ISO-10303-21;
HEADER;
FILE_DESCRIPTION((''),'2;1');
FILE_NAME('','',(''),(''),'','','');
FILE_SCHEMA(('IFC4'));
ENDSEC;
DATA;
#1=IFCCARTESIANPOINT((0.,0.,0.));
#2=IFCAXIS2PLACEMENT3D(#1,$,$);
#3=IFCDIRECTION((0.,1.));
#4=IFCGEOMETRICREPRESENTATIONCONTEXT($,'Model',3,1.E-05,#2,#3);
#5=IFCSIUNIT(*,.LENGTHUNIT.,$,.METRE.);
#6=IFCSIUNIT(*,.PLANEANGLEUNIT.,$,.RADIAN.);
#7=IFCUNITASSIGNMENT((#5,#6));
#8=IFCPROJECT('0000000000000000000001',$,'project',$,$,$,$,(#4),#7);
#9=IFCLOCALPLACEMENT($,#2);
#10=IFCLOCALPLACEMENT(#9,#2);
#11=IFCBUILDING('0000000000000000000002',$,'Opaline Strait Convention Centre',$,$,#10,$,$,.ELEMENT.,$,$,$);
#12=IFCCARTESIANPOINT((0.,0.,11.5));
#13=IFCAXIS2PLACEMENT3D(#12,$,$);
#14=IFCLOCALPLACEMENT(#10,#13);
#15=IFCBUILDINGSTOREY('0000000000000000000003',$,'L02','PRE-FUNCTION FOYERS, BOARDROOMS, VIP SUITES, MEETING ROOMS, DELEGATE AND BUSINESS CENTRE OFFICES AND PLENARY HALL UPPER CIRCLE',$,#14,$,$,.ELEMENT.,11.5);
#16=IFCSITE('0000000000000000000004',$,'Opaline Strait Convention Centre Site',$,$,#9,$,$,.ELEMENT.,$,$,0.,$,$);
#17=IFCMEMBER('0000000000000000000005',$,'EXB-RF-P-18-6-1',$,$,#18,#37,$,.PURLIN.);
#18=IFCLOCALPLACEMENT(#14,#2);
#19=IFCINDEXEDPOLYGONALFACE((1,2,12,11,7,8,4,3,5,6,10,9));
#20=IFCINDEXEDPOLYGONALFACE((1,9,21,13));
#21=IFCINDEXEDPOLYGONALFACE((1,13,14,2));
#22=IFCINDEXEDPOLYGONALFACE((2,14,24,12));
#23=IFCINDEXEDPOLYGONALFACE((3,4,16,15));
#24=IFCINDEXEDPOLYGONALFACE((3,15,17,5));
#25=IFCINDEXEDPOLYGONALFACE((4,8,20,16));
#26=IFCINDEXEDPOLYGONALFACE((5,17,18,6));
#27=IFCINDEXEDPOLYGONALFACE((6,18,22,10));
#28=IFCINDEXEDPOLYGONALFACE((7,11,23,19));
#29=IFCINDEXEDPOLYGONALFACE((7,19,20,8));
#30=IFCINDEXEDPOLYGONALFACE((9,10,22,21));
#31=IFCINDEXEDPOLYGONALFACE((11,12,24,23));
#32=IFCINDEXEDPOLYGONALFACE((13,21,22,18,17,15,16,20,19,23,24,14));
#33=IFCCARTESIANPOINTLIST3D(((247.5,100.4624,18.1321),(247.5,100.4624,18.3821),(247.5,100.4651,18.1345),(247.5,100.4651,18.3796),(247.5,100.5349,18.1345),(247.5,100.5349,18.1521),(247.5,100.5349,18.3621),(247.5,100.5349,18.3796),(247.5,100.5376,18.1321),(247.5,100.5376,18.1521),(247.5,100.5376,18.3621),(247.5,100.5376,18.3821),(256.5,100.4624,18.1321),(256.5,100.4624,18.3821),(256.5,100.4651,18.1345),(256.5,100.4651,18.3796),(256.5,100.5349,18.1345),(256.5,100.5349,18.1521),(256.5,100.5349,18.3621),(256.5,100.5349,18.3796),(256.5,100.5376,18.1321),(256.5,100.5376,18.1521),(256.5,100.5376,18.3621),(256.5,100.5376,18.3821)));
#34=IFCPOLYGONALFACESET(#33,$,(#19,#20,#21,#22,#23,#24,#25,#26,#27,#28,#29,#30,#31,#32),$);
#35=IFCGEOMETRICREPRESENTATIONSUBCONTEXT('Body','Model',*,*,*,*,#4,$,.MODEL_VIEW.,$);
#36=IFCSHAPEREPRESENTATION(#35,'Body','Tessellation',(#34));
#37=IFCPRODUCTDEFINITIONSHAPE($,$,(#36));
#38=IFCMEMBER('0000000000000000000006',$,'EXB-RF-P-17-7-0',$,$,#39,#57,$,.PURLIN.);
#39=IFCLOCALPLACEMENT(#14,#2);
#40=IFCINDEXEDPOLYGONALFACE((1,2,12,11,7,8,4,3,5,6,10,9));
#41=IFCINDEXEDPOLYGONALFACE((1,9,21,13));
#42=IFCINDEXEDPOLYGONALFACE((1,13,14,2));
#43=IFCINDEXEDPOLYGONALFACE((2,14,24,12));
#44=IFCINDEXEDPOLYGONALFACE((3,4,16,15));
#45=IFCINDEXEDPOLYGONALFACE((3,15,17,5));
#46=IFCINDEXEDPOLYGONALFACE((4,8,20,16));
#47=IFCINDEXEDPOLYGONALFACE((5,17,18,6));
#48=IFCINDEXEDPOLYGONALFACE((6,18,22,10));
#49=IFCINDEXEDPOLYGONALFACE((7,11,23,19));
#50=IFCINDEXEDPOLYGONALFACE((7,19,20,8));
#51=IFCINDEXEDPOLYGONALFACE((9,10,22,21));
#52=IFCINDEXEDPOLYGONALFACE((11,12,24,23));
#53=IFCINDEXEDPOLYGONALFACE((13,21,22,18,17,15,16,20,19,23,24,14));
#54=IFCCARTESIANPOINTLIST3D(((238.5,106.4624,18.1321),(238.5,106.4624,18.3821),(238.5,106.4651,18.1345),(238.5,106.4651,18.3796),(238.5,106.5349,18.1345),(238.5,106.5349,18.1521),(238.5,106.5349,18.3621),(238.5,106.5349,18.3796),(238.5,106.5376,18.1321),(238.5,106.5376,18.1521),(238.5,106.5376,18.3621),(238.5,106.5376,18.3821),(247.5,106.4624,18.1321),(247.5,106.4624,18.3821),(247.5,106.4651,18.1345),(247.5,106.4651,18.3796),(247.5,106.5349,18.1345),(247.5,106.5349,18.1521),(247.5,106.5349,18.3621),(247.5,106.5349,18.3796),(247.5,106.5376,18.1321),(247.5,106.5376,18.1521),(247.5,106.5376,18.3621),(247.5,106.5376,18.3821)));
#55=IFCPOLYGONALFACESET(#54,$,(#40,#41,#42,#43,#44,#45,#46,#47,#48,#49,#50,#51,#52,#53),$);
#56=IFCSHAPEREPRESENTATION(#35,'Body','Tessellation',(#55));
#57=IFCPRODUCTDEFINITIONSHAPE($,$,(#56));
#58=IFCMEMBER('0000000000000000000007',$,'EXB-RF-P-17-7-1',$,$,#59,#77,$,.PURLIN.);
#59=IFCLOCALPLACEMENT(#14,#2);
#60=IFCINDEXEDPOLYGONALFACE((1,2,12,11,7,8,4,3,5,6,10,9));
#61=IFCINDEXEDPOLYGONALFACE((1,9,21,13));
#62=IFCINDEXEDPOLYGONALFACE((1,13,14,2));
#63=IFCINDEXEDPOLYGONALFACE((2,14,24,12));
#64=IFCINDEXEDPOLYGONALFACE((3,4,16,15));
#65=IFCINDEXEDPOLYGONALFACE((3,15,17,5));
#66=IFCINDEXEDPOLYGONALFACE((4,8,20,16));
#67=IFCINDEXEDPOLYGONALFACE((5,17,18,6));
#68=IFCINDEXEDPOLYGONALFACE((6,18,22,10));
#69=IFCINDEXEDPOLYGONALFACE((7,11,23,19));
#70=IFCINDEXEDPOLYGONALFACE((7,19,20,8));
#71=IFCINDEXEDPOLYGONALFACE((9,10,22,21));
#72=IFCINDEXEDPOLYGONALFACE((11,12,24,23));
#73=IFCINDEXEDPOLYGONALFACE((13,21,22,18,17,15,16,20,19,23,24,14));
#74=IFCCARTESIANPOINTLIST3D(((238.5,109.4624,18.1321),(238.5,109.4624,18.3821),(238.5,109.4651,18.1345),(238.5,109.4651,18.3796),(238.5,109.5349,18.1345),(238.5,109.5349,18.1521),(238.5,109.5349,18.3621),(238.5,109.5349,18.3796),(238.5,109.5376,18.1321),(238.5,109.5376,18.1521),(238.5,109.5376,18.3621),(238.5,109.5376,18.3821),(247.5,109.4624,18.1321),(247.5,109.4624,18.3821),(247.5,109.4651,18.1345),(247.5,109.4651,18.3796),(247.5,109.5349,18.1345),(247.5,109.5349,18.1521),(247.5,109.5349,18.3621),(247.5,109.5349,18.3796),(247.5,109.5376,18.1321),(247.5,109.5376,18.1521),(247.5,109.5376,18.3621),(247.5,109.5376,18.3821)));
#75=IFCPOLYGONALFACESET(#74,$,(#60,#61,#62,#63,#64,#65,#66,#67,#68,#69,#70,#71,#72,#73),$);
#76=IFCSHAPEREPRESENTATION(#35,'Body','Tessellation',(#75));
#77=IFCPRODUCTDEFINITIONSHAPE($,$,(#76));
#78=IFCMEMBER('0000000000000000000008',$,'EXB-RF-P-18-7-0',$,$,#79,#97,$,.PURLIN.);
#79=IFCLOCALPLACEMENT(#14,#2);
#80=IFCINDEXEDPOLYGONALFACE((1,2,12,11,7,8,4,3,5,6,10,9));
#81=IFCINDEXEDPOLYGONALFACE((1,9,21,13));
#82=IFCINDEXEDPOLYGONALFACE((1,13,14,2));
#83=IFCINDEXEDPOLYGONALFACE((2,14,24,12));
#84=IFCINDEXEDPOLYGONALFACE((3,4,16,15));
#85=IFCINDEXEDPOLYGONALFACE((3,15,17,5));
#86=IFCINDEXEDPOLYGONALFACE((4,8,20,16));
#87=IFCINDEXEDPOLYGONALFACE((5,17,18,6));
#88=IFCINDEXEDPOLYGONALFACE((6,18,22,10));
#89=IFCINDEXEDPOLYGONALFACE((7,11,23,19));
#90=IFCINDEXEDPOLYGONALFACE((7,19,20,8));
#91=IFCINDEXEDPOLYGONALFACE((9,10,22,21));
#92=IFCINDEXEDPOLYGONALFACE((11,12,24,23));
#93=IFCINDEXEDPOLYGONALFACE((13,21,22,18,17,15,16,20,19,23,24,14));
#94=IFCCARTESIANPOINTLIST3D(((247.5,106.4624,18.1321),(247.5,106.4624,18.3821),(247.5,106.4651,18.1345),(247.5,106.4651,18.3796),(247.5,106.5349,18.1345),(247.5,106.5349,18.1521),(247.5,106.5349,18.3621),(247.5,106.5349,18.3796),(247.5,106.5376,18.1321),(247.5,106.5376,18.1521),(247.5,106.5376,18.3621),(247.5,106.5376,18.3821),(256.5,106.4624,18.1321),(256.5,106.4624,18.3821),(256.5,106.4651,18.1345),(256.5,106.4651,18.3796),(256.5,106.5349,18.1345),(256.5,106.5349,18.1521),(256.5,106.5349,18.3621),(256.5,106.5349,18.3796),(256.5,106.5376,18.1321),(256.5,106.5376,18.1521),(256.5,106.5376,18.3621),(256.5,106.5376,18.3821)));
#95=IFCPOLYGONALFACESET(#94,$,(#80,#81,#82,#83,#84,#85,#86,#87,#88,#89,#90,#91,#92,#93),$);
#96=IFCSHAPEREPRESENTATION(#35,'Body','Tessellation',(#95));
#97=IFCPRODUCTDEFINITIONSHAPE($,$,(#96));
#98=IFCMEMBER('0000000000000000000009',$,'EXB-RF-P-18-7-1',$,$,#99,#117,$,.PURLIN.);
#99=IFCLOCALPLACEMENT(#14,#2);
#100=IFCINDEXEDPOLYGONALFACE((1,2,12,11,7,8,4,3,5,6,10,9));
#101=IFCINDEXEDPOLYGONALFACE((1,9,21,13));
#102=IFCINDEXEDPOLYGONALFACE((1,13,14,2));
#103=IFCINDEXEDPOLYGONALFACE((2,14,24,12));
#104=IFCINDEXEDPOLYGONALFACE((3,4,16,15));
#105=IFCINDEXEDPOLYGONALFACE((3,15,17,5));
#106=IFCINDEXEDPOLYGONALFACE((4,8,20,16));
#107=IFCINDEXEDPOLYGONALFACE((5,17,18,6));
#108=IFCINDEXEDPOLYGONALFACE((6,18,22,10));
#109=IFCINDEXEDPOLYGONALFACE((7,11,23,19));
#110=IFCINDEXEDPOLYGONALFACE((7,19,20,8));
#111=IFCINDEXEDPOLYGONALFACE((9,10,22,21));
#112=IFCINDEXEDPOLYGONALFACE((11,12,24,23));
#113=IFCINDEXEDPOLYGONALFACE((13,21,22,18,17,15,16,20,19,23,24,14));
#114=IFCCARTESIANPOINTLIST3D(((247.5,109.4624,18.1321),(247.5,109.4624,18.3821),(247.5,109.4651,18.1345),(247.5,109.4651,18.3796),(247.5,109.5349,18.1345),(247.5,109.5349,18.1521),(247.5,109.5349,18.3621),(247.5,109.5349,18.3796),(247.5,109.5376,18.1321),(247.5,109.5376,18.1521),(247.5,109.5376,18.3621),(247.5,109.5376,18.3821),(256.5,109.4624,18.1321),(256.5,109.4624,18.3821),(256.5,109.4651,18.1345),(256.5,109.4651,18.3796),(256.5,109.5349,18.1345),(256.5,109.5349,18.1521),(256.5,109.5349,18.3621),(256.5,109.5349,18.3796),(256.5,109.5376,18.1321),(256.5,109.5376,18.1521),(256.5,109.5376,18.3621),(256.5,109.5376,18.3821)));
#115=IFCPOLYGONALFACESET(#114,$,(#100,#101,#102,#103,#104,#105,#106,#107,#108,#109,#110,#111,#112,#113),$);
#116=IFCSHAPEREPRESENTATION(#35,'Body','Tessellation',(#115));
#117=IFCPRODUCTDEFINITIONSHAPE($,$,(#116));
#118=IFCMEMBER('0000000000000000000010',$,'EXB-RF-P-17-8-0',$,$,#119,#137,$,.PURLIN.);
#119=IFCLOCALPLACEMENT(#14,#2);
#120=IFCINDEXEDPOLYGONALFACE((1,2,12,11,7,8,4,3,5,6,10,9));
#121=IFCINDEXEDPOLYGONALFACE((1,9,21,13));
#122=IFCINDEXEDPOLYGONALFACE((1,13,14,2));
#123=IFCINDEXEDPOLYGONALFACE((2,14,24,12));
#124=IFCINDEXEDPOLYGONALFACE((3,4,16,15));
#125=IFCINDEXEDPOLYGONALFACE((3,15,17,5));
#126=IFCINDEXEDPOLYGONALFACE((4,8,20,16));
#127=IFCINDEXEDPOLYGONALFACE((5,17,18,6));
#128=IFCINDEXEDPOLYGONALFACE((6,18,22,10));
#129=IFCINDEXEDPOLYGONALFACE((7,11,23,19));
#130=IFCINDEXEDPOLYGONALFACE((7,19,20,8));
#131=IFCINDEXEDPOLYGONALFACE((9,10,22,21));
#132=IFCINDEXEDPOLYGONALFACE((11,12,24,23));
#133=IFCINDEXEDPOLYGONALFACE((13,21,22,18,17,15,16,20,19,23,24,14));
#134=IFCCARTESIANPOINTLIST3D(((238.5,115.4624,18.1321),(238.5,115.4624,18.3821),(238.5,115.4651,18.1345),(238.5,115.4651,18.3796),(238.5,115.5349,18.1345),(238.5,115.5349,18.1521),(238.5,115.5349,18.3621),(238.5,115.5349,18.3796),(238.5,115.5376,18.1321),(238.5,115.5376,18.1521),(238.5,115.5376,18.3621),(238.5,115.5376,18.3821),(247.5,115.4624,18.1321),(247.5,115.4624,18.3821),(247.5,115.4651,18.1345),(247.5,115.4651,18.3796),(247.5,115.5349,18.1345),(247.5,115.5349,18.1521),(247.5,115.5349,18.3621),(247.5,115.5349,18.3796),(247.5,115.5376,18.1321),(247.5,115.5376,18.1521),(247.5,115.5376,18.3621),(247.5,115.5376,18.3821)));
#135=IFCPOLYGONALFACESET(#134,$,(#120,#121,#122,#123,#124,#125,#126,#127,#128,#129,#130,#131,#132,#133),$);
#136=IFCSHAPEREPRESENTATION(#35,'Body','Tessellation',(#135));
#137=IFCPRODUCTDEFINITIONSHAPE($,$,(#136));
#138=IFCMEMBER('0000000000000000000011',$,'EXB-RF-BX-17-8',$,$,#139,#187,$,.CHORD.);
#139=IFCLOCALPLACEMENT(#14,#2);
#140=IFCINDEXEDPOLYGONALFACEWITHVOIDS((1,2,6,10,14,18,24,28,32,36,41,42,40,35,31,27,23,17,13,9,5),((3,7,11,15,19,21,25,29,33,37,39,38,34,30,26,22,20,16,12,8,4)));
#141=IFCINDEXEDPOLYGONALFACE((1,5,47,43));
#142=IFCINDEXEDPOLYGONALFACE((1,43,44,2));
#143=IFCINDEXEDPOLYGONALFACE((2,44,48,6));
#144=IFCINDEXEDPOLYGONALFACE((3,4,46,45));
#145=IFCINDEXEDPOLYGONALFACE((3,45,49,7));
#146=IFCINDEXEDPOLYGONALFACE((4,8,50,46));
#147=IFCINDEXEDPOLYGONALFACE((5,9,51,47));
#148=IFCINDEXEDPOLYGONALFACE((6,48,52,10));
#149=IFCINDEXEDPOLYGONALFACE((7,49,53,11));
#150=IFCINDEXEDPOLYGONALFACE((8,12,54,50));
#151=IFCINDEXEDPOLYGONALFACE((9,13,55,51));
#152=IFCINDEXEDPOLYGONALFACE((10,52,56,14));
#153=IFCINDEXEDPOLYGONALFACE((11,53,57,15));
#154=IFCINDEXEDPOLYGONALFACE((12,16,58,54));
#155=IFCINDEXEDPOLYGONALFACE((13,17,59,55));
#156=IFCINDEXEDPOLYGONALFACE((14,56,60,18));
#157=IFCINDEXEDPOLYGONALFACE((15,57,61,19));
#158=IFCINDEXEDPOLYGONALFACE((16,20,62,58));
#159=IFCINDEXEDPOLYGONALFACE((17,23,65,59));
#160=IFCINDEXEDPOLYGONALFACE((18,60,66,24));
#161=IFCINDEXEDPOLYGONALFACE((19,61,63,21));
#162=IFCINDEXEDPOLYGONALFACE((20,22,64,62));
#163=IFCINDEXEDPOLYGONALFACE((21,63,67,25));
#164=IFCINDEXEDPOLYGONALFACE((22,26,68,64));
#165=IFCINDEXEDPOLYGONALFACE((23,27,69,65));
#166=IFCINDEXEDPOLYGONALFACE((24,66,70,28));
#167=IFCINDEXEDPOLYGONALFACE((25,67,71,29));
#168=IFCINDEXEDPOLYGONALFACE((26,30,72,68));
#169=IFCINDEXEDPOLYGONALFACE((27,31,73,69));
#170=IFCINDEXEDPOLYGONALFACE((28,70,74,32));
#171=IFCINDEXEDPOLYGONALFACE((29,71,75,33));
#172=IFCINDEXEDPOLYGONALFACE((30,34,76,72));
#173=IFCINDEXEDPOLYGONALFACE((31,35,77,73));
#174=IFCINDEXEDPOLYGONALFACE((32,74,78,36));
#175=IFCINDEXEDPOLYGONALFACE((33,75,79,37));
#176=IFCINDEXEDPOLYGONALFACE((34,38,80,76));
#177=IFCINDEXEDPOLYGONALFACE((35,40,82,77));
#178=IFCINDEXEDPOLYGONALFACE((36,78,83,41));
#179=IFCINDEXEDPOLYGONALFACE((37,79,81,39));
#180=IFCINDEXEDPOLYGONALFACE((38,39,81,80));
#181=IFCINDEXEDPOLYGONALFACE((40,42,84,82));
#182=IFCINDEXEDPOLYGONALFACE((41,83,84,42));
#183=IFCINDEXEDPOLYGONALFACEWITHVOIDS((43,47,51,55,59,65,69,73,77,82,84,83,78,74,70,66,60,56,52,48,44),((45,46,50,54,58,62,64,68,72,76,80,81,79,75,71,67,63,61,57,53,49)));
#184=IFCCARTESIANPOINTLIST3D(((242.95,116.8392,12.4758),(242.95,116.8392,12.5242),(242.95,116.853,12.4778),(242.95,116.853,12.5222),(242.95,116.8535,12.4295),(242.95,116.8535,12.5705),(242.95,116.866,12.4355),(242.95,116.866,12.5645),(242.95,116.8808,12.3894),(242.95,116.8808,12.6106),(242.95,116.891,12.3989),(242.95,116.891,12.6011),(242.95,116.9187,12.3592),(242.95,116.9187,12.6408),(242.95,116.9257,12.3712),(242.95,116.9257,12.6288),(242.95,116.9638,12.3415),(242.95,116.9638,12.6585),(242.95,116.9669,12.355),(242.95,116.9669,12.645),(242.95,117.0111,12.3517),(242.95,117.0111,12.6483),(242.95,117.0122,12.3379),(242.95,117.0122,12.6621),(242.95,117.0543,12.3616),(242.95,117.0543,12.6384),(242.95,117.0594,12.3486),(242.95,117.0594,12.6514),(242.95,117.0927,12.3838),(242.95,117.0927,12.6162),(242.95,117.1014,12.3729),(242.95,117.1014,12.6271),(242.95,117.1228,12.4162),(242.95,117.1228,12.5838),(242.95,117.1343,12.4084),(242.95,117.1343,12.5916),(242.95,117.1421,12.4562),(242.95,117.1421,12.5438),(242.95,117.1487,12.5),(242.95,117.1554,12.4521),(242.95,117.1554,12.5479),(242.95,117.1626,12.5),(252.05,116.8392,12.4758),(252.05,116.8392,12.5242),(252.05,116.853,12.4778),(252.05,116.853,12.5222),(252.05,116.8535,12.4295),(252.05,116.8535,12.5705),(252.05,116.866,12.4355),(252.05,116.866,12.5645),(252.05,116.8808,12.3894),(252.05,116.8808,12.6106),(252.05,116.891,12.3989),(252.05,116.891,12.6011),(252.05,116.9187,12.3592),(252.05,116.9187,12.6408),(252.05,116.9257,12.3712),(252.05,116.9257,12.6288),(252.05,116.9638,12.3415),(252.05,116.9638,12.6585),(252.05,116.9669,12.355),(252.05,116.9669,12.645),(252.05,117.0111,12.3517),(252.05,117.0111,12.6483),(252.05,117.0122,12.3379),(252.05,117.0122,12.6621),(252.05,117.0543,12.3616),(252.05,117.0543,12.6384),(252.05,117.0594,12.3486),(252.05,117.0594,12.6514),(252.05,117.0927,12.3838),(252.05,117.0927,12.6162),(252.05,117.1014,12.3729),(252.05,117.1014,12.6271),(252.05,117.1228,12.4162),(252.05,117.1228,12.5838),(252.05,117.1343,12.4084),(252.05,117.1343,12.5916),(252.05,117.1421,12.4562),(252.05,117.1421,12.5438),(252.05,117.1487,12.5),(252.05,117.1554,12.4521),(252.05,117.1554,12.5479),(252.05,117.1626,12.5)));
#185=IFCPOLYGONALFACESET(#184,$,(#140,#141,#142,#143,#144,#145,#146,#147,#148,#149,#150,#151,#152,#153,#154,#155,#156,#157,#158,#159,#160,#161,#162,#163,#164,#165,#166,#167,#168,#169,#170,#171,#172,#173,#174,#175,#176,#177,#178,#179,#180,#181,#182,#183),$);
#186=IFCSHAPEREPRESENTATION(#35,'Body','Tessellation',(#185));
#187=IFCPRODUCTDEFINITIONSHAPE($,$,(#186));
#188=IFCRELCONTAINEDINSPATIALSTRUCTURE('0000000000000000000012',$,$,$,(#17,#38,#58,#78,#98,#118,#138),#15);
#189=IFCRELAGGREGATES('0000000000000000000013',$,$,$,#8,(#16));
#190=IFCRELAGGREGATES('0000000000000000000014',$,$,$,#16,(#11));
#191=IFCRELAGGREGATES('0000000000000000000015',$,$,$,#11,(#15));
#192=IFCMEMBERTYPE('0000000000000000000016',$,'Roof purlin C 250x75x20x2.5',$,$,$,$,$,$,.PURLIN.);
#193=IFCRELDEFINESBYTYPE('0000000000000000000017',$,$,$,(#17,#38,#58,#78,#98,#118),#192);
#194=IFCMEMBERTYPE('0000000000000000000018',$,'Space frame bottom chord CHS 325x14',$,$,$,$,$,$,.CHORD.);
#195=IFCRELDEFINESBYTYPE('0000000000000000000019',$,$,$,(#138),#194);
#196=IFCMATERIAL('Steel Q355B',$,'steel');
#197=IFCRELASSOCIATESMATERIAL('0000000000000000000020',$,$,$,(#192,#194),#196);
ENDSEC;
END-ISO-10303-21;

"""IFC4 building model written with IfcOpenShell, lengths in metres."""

from ifc_helpers import new_model, si_unit, direction, frame, origin, origin_2d, place, context, subcontext, project, spatial, polyline, hollow_circle, outline, extrude, material, material_profile, profile_set, type_object, element, save


model = new_model("IFC4")

# Units and contexts
model_context = context("Model", 3, precision=1e-05, world=origin(), true_north=direction((0.0, 1.0)))
body_context = subcontext(model_context, "Body", "Model", "MODEL_VIEW")
ifc_project = project(units=[si_unit("LENGTHUNIT", "METRE"), si_unit("PLANEANGLEUNIT", "RADIAN")], contexts=[model_context])

# Site, building, storey
site_placement = place(None, origin())
site = spatial("IfcSite", under=ifc_project, at=site_placement, Name="Opaline Strait Convention Centre Site", CompositionType="ELEMENT", RefElevation=0.0)
building_placement = place(site_placement, origin())
building = spatial("IfcBuilding", under=site, at=building_placement, Name="Opaline Strait Convention Centre", CompositionType="ELEMENT")
storey_placement = place(building_placement, frame((0.0, 0.0, 11.5)))
storey = spatial("IfcBuildingStorey", under=building, at=storey_placement, Name="L02", Description="PRE-FUNCTION FOYERS, BOARDROOMS, VIP SUITES, MEETING ROOMS, DELEGATE AND BUSINESS CENTRE OFFICES AND PLENARY HALL UPPER CIRCLE", CompositionType="ELEMENT", Elevation=11.5)

# Members
ifc_material = material(Name="Steel Q355B", Category="steel")
ifc_material_profile_1 = material_profile(ifc_material, outline(polyline([(-0.0376, -0.125), (0.0376, -0.125), (0.0376, -0.105), (0.0349, -0.105), (0.0349, -0.1226), (-0.0349, -0.1226), (-0.0349, 0.1226), (0.0349, 0.1226), (0.0349, 0.105), (0.0376, 0.105), (0.0376, 0.125), (-0.0376, 0.125), (-0.0376, -0.125)])), Name="C 250x75x20x2.5")
ifc_profile_set_1 = profile_set([ifc_material_profile_1], Name="Steel Q355B")
member_type_1 = type_object("IfcMemberType", Name="Roof purlin C 250x75x20x2.5", PredefinedType="PURLIN", material=ifc_profile_set_1)
for number, where, z_axis, x_axis, name in (
    (1, (247.5, 100.5, 18.2571), (1.0, 0.0, 0.0), (0.0, 1.0, 0.0), "EXB-RF-P-18-6-1"),
    (2, (238.5, 106.5, 18.2571), (1.0, 0.0, 0.0), (0.0, 1.0, 0.0), "EXB-RF-P-17-7-0"),
    (3, (238.5, 109.5, 18.2571), (1.0, 0.0, 0.0), (0.0, 1.0, 0.0), "EXB-RF-P-17-7-1"),
    (4, (247.5, 106.5, 18.2571), (1.0, 0.0, 0.0), (0.0, 1.0, 0.0), "EXB-RF-P-18-7-0"),
    (5, (247.5, 109.5, 18.2571), (1.0, 0.0, 0.0), (0.0, 1.0, 0.0), "EXB-RF-P-18-7-1"),
    (6, (238.5, 115.5, 18.2571), (1.0, 0.0, 0.0), (0.0, 1.0, 0.0), "EXB-RF-P-17-8-0"),
):
    element("IfcMember", number, at=place(storey_placement, frame(where, z_axis=z_axis, x_axis=x_axis)), inside=storey, type_object=member_type_1, Name=name, PredefinedType="PURLIN", context=body_context, shape_type="SweptSolid", body=[
        extrude(outline(polyline([(-0.0376, -0.125), (0.0376, -0.125), (0.0376, -0.105), (0.0349, -0.105), (0.0349, -0.1226), (-0.0349, -0.1226), (-0.0349, 0.1226), (0.0349, 0.1226), (0.0349, 0.105), (0.0376, 0.105), (0.0376, 0.125), (-0.0376, 0.125), (-0.0376, -0.125)])), origin(), (0.0, 0.0, 1.0), 9.0),
    ])
ifc_material_profile_2 = material_profile(ifc_material, hollow_circle(Radius=0.1626, WallThickness=0.0139, at=origin_2d()), Name="CHS 325x14")
ifc_profile_set_2 = profile_set([ifc_material_profile_2], Name="Steel Q355B")
member_type_2 = type_object("IfcMemberType", Name="Space frame bottom chord CHS 325x14", PredefinedType="CHORD", material=ifc_profile_set_2)
for number, where, z_axis, x_axis, name in (
    (7, (242.95, 117.0, 12.5), (1.0, 0.0, 0.0), (0.0, 1.0, 0.0), "EXB-RF-BX-17-8"),
):
    element("IfcMember", number, at=place(storey_placement, frame(where, z_axis=z_axis, x_axis=x_axis)), inside=storey, type_object=member_type_2, Name=name, PredefinedType="CHORD", context=body_context, shape_type="SweptSolid", body=[
        extrude(hollow_circle(Radius=0.1626, WallThickness=0.0139, at=origin_2d()), origin(), (0.0, 0.0, 1.0), 9.1001),
    ])

save(model, "model.ifc")
